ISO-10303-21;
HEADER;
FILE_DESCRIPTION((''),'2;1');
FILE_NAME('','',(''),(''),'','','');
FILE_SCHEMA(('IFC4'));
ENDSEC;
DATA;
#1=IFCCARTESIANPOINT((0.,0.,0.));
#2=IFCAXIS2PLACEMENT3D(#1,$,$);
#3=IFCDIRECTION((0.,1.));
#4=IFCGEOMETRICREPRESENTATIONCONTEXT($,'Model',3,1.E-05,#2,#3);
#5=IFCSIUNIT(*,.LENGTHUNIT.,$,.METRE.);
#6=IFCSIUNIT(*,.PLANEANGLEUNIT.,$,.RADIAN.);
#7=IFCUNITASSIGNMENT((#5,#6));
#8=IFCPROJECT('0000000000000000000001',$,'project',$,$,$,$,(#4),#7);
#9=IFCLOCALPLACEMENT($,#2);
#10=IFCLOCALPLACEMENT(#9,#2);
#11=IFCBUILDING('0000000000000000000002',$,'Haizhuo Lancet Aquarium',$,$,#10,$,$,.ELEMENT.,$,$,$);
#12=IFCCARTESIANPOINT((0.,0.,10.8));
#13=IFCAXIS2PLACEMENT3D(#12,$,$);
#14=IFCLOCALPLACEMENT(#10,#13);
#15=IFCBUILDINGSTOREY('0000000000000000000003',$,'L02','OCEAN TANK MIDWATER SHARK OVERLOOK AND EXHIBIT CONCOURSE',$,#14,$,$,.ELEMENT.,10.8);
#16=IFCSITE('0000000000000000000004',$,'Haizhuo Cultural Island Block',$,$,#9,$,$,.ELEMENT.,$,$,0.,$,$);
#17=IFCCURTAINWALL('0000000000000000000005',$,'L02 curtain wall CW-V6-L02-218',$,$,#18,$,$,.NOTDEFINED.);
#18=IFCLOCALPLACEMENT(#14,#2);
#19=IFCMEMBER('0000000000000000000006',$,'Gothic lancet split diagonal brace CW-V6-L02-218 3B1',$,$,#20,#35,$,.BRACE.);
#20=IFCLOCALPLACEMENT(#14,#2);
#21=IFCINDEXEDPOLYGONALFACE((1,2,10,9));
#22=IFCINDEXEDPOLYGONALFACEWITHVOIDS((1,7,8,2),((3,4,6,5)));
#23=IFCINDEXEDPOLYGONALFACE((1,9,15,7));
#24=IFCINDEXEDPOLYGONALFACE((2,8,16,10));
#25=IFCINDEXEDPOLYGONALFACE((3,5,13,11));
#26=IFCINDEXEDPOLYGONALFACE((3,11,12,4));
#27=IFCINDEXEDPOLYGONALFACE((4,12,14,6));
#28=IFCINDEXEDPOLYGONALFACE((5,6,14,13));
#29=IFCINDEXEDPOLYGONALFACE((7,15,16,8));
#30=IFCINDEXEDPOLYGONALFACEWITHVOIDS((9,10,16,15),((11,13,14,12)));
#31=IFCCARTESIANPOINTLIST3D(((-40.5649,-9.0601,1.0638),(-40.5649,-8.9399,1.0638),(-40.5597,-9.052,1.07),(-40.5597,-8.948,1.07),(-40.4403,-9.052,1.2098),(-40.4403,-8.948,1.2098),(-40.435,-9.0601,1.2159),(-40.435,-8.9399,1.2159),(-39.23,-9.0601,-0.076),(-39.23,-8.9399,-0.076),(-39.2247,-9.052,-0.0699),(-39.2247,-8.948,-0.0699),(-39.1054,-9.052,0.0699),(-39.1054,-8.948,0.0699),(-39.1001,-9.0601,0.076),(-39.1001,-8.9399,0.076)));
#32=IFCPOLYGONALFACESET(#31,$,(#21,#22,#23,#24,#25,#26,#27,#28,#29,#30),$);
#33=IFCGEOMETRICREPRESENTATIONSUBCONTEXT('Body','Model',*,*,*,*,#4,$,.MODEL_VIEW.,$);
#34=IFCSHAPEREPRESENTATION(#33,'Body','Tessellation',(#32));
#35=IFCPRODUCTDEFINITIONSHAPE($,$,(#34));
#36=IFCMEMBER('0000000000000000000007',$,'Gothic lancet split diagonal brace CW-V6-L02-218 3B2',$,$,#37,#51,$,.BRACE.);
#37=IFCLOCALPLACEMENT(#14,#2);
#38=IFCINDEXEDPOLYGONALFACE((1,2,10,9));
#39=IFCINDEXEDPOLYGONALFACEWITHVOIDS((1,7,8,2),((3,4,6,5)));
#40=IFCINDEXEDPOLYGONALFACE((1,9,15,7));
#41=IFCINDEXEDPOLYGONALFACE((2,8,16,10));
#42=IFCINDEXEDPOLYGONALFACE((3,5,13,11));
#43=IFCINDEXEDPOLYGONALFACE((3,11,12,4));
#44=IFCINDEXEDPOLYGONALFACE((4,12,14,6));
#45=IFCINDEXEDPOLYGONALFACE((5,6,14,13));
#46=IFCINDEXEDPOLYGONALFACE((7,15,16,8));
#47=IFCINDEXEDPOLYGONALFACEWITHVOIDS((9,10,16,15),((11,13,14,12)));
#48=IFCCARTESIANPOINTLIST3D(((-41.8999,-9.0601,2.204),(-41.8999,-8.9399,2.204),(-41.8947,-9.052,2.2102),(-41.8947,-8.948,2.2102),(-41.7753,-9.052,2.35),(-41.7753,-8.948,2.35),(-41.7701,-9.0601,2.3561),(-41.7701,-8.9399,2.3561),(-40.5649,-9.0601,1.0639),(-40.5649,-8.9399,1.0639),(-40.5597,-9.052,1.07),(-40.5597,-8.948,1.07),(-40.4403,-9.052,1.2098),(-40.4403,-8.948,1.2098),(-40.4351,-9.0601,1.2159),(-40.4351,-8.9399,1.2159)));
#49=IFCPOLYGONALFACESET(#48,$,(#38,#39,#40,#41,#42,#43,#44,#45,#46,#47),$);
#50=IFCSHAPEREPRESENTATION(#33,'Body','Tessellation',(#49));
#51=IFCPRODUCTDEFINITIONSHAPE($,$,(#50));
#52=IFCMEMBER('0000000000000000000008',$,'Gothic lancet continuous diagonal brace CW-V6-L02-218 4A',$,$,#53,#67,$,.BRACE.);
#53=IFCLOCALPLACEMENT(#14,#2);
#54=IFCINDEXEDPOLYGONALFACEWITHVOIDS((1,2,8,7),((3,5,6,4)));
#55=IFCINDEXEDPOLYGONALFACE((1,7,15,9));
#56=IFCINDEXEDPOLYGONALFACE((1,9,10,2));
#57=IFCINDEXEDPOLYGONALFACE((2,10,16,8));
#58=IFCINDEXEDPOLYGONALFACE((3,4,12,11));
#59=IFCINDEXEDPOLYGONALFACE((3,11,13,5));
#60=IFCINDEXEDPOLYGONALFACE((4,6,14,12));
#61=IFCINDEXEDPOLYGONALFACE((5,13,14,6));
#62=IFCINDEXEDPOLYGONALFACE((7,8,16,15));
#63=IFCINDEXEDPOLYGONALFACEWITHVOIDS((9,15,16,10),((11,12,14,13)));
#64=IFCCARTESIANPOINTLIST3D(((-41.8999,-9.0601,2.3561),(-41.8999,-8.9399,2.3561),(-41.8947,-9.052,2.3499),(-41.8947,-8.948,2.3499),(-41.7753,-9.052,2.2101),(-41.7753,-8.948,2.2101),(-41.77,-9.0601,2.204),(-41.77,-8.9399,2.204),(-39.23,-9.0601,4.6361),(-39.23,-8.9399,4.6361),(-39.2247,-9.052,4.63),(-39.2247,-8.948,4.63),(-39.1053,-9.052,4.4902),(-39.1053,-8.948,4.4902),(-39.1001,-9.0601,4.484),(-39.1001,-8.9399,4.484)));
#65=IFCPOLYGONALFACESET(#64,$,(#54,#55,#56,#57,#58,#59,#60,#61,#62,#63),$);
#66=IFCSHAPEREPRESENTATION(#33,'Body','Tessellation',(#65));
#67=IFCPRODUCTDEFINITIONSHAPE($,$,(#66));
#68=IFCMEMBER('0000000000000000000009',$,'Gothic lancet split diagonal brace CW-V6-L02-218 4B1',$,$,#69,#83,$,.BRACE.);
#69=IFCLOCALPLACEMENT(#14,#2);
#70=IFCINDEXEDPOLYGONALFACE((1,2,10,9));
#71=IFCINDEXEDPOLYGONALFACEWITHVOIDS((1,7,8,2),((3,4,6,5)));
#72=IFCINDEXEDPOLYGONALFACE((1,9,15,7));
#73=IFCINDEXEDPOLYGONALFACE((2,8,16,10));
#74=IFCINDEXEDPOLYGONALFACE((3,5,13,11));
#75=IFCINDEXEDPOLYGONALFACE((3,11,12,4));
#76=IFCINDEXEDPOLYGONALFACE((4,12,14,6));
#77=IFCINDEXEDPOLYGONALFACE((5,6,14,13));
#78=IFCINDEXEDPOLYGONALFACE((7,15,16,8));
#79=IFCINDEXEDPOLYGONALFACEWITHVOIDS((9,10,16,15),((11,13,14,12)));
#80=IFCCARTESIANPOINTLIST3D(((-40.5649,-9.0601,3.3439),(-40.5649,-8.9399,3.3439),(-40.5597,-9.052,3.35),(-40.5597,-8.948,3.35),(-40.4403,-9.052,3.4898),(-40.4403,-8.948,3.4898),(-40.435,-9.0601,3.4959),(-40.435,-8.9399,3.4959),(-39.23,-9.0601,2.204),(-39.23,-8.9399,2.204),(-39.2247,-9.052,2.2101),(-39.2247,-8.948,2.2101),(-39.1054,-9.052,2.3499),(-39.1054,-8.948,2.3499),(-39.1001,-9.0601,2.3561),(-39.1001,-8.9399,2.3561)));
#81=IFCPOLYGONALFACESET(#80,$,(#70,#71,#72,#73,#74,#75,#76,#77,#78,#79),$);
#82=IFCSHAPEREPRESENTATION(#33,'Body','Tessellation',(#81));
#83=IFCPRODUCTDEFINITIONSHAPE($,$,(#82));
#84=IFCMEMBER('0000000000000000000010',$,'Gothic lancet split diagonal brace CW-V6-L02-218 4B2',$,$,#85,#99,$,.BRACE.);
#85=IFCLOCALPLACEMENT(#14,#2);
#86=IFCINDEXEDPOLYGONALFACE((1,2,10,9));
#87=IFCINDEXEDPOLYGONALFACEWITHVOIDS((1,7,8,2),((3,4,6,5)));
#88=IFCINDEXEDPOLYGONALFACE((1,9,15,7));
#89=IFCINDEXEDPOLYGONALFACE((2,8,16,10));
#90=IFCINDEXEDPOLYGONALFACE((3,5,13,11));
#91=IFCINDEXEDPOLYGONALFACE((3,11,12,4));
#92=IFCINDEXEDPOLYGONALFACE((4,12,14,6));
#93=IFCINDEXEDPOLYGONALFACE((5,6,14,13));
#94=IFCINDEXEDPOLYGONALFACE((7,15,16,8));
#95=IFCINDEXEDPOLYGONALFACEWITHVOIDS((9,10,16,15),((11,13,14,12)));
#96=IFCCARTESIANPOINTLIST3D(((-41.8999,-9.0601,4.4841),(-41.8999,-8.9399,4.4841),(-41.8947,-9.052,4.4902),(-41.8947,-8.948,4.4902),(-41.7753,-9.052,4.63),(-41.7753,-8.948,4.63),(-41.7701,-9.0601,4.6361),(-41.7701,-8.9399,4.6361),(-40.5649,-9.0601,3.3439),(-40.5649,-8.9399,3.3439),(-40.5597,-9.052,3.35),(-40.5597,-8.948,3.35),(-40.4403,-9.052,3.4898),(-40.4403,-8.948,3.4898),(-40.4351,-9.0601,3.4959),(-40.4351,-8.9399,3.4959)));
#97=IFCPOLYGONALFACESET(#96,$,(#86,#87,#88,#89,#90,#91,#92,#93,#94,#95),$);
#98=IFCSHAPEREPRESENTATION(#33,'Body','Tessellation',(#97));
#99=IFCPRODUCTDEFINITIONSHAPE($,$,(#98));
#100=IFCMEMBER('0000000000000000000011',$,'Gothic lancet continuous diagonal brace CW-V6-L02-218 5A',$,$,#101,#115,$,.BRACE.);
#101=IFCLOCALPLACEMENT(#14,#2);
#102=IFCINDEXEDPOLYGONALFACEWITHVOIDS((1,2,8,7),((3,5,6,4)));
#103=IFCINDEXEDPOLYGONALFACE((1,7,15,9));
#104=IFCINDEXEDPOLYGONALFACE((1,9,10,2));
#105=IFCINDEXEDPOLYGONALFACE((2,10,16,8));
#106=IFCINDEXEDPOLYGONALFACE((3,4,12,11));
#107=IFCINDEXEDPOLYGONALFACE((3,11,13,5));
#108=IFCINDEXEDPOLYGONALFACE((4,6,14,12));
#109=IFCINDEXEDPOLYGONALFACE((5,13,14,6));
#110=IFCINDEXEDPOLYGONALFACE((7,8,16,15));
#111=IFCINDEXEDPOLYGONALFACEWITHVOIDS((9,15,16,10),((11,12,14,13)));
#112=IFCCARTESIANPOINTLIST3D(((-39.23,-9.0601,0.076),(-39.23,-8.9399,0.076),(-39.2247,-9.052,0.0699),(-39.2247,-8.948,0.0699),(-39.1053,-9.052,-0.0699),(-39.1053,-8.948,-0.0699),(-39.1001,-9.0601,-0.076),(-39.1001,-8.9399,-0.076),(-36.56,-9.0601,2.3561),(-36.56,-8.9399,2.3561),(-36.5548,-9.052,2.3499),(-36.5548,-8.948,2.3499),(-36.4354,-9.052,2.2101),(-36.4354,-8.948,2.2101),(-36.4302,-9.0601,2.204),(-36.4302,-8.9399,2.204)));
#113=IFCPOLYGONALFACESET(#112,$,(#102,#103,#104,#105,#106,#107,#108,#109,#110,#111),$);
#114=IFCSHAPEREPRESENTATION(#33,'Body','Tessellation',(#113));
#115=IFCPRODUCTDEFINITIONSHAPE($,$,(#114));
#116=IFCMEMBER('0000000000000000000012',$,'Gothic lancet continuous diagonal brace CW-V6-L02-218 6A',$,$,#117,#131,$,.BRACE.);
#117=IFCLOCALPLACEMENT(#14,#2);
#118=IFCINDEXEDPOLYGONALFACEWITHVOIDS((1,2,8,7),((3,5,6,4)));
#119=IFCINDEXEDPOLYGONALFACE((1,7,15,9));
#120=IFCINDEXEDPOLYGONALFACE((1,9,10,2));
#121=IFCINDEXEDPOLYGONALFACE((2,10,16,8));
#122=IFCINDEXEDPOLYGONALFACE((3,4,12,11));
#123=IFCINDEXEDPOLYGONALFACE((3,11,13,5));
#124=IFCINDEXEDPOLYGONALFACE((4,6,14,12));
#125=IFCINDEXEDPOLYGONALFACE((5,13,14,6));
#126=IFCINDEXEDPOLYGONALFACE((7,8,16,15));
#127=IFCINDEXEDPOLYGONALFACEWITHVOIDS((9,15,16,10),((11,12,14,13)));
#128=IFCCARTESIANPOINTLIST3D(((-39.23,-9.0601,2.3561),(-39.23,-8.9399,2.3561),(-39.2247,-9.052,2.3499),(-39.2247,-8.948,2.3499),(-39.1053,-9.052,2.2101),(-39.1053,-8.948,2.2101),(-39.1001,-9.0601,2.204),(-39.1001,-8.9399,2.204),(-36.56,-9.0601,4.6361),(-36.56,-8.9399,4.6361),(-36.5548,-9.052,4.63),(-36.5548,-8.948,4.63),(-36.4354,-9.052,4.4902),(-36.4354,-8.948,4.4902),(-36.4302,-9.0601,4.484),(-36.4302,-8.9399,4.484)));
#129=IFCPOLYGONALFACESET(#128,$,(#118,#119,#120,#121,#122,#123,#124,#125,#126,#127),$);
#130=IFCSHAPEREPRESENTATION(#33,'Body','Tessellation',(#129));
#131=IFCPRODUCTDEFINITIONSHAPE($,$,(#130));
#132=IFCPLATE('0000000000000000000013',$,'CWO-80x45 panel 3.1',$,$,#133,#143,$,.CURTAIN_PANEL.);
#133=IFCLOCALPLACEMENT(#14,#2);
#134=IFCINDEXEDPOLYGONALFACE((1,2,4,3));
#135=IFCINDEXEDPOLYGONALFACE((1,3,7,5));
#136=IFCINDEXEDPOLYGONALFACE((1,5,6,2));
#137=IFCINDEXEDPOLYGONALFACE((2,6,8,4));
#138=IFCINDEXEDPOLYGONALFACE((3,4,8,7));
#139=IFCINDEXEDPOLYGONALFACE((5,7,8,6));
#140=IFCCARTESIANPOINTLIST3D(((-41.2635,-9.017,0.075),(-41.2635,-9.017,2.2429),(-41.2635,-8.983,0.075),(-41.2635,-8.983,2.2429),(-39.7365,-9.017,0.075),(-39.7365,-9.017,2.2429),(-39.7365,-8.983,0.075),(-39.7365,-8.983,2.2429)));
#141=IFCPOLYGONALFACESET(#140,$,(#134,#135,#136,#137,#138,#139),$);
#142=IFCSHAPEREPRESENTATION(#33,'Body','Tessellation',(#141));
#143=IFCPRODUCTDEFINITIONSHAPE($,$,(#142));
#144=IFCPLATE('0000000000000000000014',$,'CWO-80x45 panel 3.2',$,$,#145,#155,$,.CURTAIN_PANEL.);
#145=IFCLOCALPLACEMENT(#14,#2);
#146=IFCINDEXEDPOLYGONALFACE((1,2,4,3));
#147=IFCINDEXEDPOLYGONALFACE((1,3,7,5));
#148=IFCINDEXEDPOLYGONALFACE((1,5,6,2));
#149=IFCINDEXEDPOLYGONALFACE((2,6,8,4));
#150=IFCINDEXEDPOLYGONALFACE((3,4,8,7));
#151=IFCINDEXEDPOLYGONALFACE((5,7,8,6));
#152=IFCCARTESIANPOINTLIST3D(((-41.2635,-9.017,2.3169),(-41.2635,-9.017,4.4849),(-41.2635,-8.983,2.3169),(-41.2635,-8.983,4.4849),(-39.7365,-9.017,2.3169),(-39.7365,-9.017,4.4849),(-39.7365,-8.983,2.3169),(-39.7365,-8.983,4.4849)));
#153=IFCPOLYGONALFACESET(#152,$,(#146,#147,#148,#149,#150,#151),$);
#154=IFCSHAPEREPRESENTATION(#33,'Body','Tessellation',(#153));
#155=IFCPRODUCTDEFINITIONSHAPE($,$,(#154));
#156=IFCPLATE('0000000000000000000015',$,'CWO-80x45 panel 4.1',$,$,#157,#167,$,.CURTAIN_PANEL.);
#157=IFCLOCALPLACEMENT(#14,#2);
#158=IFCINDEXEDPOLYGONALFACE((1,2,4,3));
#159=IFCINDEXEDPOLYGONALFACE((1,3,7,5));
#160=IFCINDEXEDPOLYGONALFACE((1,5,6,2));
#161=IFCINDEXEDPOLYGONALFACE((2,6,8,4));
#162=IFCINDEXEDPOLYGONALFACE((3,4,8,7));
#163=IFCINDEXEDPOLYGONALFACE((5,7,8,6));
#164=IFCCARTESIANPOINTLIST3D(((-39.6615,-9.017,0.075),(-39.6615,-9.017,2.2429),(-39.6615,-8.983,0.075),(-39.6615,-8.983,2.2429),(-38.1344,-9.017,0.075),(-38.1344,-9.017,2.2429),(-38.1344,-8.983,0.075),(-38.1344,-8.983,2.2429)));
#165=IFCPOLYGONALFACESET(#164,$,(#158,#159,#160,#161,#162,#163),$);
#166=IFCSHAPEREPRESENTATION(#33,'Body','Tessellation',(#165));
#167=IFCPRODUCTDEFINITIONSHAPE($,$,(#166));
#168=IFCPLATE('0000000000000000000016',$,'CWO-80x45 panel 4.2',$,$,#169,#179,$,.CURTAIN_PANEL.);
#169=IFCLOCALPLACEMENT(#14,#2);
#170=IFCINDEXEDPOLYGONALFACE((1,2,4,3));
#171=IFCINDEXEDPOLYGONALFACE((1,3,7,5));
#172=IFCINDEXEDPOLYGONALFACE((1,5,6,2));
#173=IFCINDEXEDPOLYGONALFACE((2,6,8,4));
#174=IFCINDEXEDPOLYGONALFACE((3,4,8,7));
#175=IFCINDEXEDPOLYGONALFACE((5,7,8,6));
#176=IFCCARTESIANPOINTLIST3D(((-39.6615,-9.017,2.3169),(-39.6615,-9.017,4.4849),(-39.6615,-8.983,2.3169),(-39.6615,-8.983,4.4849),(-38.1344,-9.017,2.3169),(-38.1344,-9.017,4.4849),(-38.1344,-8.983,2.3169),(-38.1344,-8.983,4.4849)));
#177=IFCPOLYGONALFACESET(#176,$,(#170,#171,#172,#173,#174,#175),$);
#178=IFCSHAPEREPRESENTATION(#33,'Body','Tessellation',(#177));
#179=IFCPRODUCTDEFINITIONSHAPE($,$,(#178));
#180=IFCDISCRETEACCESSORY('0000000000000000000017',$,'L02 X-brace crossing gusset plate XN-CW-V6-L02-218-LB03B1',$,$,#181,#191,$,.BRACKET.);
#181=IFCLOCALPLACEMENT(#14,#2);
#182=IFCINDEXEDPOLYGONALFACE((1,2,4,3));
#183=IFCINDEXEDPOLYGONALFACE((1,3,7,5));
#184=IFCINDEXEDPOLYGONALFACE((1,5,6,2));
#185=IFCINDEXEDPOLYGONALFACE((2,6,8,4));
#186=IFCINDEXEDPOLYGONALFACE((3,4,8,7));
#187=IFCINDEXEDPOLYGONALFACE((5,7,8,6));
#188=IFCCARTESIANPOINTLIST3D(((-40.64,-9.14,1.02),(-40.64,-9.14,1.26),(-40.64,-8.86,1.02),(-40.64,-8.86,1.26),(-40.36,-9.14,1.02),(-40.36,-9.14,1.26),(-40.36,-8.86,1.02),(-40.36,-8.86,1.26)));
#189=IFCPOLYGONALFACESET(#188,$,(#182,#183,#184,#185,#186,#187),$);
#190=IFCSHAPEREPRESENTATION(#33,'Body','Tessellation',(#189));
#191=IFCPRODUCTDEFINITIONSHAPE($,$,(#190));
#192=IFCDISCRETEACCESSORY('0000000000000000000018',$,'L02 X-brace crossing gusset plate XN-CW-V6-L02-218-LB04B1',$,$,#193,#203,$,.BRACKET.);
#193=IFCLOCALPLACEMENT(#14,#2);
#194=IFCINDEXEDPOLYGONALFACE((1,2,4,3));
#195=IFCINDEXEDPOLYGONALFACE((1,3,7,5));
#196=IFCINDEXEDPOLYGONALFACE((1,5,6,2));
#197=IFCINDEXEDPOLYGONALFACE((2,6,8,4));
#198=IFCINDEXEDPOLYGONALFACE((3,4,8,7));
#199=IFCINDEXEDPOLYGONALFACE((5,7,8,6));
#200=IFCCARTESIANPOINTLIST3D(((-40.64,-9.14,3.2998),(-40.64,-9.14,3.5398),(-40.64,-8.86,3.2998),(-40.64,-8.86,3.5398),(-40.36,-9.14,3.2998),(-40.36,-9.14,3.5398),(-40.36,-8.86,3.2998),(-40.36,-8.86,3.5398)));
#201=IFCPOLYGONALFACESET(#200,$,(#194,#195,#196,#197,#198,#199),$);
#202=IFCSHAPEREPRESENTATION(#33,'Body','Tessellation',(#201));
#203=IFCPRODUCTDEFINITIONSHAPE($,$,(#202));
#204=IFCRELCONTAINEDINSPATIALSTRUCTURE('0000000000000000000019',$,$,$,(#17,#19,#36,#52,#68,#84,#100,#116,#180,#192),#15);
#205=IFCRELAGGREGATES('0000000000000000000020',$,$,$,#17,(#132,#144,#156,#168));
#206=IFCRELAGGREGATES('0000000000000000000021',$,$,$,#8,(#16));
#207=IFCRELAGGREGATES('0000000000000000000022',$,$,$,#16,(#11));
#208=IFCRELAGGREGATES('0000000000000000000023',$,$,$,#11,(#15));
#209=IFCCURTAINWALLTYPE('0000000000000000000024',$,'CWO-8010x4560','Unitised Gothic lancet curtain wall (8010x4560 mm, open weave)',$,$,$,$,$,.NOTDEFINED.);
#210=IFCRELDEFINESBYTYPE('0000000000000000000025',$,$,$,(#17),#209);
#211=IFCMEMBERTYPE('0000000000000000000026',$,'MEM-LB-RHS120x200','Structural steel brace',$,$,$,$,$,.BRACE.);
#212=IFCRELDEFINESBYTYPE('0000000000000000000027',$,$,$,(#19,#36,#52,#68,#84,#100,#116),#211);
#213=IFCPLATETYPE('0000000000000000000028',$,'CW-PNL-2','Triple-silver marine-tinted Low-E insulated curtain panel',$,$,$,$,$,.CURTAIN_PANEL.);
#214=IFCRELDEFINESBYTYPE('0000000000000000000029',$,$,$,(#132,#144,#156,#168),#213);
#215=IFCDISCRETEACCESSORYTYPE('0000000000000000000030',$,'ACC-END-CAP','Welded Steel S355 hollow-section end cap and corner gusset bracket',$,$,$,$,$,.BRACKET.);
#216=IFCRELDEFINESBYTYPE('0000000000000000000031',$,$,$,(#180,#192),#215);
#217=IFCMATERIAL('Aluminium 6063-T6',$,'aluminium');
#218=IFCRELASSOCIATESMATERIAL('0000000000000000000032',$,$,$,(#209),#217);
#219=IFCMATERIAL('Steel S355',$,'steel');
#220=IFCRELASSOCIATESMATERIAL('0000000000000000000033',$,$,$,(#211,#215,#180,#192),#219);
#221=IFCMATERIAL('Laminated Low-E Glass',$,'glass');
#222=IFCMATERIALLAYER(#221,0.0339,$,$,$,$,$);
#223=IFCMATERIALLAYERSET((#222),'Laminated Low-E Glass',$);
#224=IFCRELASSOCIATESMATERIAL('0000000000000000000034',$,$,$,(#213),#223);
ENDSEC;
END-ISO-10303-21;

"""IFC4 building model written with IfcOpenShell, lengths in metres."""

from ifc_helpers import new_model, si_unit, direction, frame, origin, origin_2d, place, context, subcontext, project, spatial, rectangle, hollow_rectangle, extrude, material, layer, layer_set, material_profile, profile_set, type_object, element, aggregate, save


model = new_model("IFC4")

# Units and contexts
model_context = context("Model", 3, precision=1e-05, world=origin(), true_north=direction((0.0, 1.0)))
body_context = subcontext(model_context, "Body", "Model", "MODEL_VIEW")
ifc_project = project(units=[si_unit("LENGTHUNIT", "METRE"), si_unit("PLANEANGLEUNIT", "RADIAN")], contexts=[model_context])

# Site, building, storey
site_placement = place(None, origin())
site = spatial("IfcSite", under=ifc_project, at=site_placement, Name="Haizhuo Cultural Island Block", CompositionType="ELEMENT", RefElevation=0.0)
building_placement = place(site_placement, origin())
building = spatial("IfcBuilding", under=site, at=building_placement, Name="Haizhuo Lancet Aquarium", CompositionType="ELEMENT")
storey_placement = place(building_placement, frame((0.0, 0.0, 10.8)))
storey = spatial("IfcBuildingStorey", under=building, at=storey_placement, Name="L02", Description="OCEAN TANK MIDWATER SHARK OVERLOOK AND EXHIBIT CONCOURSE", CompositionType="ELEMENT", Elevation=10.8)

# Curtain wall
ifc_material_1 = material(Name="Aluminium 6063-T6", Category="aluminium")
curtain_wall_type = type_object("IfcCurtainWallType", Name="CWO-8010x4560", Description="Unitised Gothic lancet curtain wall (8010x4560 mm, open weave)", PredefinedType="NOTDEFINED", material=ifc_material_1)
curtain_wall_placement = place(storey_placement, origin())
curtain_wall = element("IfcCurtainWall", 1, at=curtain_wall_placement, inside=storey, type_object=curtain_wall_type, Name="L02 curtain wall CW-V6-L02-218", PredefinedType="NOTDEFINED")

# Members
ifc_material_2 = material(Name="Steel S355", Category="steel")
ifc_material_profile_1 = material_profile(ifc_material_2, hollow_rectangle(XDim=0.1201, YDim=0.2, WallThickness=0.0081, at=origin_2d()), Name="RHS 120x200x8")
ifc_profile_set_1 = profile_set([ifc_material_profile_1], Name="Steel S355")
member_type_1 = type_object("IfcMemberType", Name="MEM-LB-RHS120x200", Description="Structural steel brace", PredefinedType="BRACE", material=ifc_profile_set_1)
member_1_placement = place(storey_placement, frame((-39.165, -9.0, 0.0), z_axis=(-0.760482, 0.0, 0.649359), x_axis=(0.0, -1.0, 0.0)))
element("IfcMember", 2, at=member_1_placement, inside=storey, type_object=member_type_1, Name="Gothic lancet split diagonal brace CW-V6-L02-218 3B1", PredefinedType="BRACE", context=body_context, shape_type="SweptSolid", body=[
    extrude(hollow_rectangle(XDim=0.1201, YDim=0.2, WallThickness=0.0081, at=origin_2d()), origin(), (0.0, 0.0, 1.0), 1.7554),
])
member_2_placement = place(storey_placement, frame((-40.5, -9.0, 1.1399), z_axis=(-0.760414, 0.0, 0.649439), x_axis=(0.0, -1.0, 0.0)))
element("IfcMember", 3, at=member_2_placement, inside=storey, type_object=member_type_1, Name="Gothic lancet split diagonal brace CW-V6-L02-218 3B2", PredefinedType="BRACE", context=body_context, shape_type="SweptSolid", body=[
    extrude(hollow_rectangle(XDim=0.1201, YDim=0.2, WallThickness=0.0081, at=origin_2d()), origin(), (0.0, 0.0, 1.0), 1.7556),
])
member_3_placement = place(storey_placement, frame((-41.835, -9.0, 2.28), z_axis=(0.760448, 0.0, 0.649399), x_axis=(0.0, 1.0, 0.0)))
element("IfcMember", 4, at=member_3_placement, inside=storey, type_object=member_type_1, Name="Gothic lancet continuous diagonal brace CW-V6-L02-218 4A", PredefinedType="BRACE", context=body_context, shape_type="SweptSolid", body=[
    extrude(hollow_rectangle(XDim=0.1201, YDim=0.2, WallThickness=0.0081, at=origin_2d()), origin(), (0.0, 0.0, 1.0), 3.511),
])
member_4_placement = place(storey_placement, frame((-39.165, -9.0, 2.28), z_axis=(-0.760482, 0.0, 0.649359), x_axis=(0.0, -1.0, 0.0)))
element("IfcMember", 5, at=member_4_placement, inside=storey, type_object=member_type_1, Name="Gothic lancet split diagonal brace CW-V6-L02-218 4B1", PredefinedType="BRACE", context=body_context, shape_type="SweptSolid", body=[
    extrude(hollow_rectangle(XDim=0.1201, YDim=0.2, WallThickness=0.0081, at=origin_2d()), origin(), (0.0, 0.0, 1.0), 1.7554),
])
member_5_placement = place(storey_placement, frame((-40.5, -9.0, 3.4199), z_axis=(-0.760414, 0.0, 0.649439), x_axis=(0.0, -1.0, 0.0)))
element("IfcMember", 6, at=member_5_placement, inside=storey, type_object=member_type_1, Name="Gothic lancet split diagonal brace CW-V6-L02-218 4B2", PredefinedType="BRACE", context=body_context, shape_type="SweptSolid", body=[
    extrude(hollow_rectangle(XDim=0.1201, YDim=0.2, WallThickness=0.0081, at=origin_2d()), origin(), (0.0, 0.0, 1.0), 1.7556),
])
for number, where, z_axis, x_axis, name in (
    (7, (-39.165, -9.0, 0.0), (0.760448, 0.0, 0.649399), (0.0, 1.0, 0.0), "Gothic lancet continuous diagonal brace CW-V6-L02-218 5A"),
    (8, (-39.165, -9.0, 2.28), (0.760448, 0.0, 0.649399), (0.0, 1.0, 0.0), "Gothic lancet continuous diagonal brace CW-V6-L02-218 6A"),
):
    element("IfcMember", number, at=place(storey_placement, frame(where, z_axis=z_axis, x_axis=x_axis)), inside=storey, type_object=member_type_1, Name=name, PredefinedType="BRACE", context=body_context, shape_type="SweptSolid", body=[
        extrude(hollow_rectangle(XDim=0.1201, YDim=0.2, WallThickness=0.0081, at=origin_2d()), origin(), (0.0, 0.0, 1.0), 3.511),
    ])

# Plates
ifc_material_3 = material(Name="Laminated Low-E Glass", Category="glass")
ifc_layer = layer(ifc_material_3, 0.0339)
ifc_layer_set = layer_set([ifc_layer], Name="Laminated Low-E Glass")
plate_type = type_object("IfcPlateType", Name="CW-PNL-2", Description="Triple-silver marine-tinted Low-E insulated curtain panel", PredefinedType="CURTAIN_PANEL", material=ifc_layer_set)
plate_1_placement = place(storey_placement, frame((-40.5, -9.0, 0.075), z_axis=(0.0, 0.0, 1.0), x_axis=(1.0, 0.0, 0.0)))
plate_1 = element("IfcPlate", 9, at=plate_1_placement, type_object=plate_type, Name="CWO-80x45 panel 3.1", PredefinedType="CURTAIN_PANEL", context=body_context, shape_type="SweptSolid", body=[
    extrude(rectangle(XDim=1.5271, YDim=0.0339, at=origin_2d()), origin(), (0.0, 0.0, 1.0), 2.168),
])
plate_2_placement = place(storey_placement, frame((-40.5, -9.0, 2.3169), z_axis=(0.0, 0.0, 1.0), x_axis=(1.0, 0.0, 0.0)))
plate_2 = element("IfcPlate", 10, at=plate_2_placement, type_object=plate_type, Name="CWO-80x45 panel 3.2", PredefinedType="CURTAIN_PANEL", context=body_context, shape_type="SweptSolid", body=[
    extrude(rectangle(XDim=1.5271, YDim=0.0339, at=origin_2d()), origin(), (0.0, 0.0, 1.0), 2.168),
])
plate_3_placement = place(storey_placement, frame((-38.8979, -9.0, 0.075), z_axis=(0.0, 0.0, 1.0), x_axis=(1.0, 0.0, 0.0)))
plate_3 = element("IfcPlate", 11, at=plate_3_placement, type_object=plate_type, Name="CWO-80x45 panel 4.1", PredefinedType="CURTAIN_PANEL", context=body_context, shape_type="SweptSolid", body=[
    extrude(rectangle(XDim=1.5271, YDim=0.0339, at=origin_2d()), origin(), (0.0, 0.0, 1.0), 2.168),
])
plate_4_placement = place(storey_placement, frame((-38.8979, -9.0, 2.3169), z_axis=(0.0, 0.0, 1.0), x_axis=(1.0, 0.0, 0.0)))
plate_4 = element("IfcPlate", 12, at=plate_4_placement, type_object=plate_type, Name="CWO-80x45 panel 4.2", PredefinedType="CURTAIN_PANEL", context=body_context, shape_type="SweptSolid", body=[
    extrude(rectangle(XDim=1.5271, YDim=0.0339, at=origin_2d()), origin(), (0.0, 0.0, 1.0), 2.168),
])
aggregate(curtain_wall, [plate_1, plate_2, plate_3, plate_4])

# Discrete accessories
discrete_accessory_type = type_object("IfcDiscreteAccessoryType", Name="ACC-END-CAP", Description="Welded Steel S355 hollow-section end cap and corner gusset bracket", PredefinedType="BRACKET", material=ifc_material_2)
for number, where, z_axis, x_axis, name in (
    (13, (-40.5, -9.0, 1.02), (0.0, 0.0, 1.0), (1.0, 0.0, 0.0), "L02 X-brace crossing gusset plate XN-CW-V6-L02-218-LB03B1"),
    (14, (-40.5, -9.0, 3.2998), (0.0, 0.0, 1.0), (1.0, 0.0, 0.0), "L02 X-brace crossing gusset plate XN-CW-V6-L02-218-LB04B1"),
):
    element("IfcDiscreteAccessory", number, at=place(storey_placement, frame(where, z_axis=z_axis, x_axis=x_axis)), inside=storey, type_object=discrete_accessory_type, material=ifc_material_2, Name=name, PredefinedType="BRACKET", context=body_context, shape_type="SweptSolid", body=[
        extrude(rectangle(XDim=0.28, YDim=0.28, at=origin_2d()), origin(), (0.0, 0.0, 1.0), 0.24),
    ])

save(model, "model.ifc")
